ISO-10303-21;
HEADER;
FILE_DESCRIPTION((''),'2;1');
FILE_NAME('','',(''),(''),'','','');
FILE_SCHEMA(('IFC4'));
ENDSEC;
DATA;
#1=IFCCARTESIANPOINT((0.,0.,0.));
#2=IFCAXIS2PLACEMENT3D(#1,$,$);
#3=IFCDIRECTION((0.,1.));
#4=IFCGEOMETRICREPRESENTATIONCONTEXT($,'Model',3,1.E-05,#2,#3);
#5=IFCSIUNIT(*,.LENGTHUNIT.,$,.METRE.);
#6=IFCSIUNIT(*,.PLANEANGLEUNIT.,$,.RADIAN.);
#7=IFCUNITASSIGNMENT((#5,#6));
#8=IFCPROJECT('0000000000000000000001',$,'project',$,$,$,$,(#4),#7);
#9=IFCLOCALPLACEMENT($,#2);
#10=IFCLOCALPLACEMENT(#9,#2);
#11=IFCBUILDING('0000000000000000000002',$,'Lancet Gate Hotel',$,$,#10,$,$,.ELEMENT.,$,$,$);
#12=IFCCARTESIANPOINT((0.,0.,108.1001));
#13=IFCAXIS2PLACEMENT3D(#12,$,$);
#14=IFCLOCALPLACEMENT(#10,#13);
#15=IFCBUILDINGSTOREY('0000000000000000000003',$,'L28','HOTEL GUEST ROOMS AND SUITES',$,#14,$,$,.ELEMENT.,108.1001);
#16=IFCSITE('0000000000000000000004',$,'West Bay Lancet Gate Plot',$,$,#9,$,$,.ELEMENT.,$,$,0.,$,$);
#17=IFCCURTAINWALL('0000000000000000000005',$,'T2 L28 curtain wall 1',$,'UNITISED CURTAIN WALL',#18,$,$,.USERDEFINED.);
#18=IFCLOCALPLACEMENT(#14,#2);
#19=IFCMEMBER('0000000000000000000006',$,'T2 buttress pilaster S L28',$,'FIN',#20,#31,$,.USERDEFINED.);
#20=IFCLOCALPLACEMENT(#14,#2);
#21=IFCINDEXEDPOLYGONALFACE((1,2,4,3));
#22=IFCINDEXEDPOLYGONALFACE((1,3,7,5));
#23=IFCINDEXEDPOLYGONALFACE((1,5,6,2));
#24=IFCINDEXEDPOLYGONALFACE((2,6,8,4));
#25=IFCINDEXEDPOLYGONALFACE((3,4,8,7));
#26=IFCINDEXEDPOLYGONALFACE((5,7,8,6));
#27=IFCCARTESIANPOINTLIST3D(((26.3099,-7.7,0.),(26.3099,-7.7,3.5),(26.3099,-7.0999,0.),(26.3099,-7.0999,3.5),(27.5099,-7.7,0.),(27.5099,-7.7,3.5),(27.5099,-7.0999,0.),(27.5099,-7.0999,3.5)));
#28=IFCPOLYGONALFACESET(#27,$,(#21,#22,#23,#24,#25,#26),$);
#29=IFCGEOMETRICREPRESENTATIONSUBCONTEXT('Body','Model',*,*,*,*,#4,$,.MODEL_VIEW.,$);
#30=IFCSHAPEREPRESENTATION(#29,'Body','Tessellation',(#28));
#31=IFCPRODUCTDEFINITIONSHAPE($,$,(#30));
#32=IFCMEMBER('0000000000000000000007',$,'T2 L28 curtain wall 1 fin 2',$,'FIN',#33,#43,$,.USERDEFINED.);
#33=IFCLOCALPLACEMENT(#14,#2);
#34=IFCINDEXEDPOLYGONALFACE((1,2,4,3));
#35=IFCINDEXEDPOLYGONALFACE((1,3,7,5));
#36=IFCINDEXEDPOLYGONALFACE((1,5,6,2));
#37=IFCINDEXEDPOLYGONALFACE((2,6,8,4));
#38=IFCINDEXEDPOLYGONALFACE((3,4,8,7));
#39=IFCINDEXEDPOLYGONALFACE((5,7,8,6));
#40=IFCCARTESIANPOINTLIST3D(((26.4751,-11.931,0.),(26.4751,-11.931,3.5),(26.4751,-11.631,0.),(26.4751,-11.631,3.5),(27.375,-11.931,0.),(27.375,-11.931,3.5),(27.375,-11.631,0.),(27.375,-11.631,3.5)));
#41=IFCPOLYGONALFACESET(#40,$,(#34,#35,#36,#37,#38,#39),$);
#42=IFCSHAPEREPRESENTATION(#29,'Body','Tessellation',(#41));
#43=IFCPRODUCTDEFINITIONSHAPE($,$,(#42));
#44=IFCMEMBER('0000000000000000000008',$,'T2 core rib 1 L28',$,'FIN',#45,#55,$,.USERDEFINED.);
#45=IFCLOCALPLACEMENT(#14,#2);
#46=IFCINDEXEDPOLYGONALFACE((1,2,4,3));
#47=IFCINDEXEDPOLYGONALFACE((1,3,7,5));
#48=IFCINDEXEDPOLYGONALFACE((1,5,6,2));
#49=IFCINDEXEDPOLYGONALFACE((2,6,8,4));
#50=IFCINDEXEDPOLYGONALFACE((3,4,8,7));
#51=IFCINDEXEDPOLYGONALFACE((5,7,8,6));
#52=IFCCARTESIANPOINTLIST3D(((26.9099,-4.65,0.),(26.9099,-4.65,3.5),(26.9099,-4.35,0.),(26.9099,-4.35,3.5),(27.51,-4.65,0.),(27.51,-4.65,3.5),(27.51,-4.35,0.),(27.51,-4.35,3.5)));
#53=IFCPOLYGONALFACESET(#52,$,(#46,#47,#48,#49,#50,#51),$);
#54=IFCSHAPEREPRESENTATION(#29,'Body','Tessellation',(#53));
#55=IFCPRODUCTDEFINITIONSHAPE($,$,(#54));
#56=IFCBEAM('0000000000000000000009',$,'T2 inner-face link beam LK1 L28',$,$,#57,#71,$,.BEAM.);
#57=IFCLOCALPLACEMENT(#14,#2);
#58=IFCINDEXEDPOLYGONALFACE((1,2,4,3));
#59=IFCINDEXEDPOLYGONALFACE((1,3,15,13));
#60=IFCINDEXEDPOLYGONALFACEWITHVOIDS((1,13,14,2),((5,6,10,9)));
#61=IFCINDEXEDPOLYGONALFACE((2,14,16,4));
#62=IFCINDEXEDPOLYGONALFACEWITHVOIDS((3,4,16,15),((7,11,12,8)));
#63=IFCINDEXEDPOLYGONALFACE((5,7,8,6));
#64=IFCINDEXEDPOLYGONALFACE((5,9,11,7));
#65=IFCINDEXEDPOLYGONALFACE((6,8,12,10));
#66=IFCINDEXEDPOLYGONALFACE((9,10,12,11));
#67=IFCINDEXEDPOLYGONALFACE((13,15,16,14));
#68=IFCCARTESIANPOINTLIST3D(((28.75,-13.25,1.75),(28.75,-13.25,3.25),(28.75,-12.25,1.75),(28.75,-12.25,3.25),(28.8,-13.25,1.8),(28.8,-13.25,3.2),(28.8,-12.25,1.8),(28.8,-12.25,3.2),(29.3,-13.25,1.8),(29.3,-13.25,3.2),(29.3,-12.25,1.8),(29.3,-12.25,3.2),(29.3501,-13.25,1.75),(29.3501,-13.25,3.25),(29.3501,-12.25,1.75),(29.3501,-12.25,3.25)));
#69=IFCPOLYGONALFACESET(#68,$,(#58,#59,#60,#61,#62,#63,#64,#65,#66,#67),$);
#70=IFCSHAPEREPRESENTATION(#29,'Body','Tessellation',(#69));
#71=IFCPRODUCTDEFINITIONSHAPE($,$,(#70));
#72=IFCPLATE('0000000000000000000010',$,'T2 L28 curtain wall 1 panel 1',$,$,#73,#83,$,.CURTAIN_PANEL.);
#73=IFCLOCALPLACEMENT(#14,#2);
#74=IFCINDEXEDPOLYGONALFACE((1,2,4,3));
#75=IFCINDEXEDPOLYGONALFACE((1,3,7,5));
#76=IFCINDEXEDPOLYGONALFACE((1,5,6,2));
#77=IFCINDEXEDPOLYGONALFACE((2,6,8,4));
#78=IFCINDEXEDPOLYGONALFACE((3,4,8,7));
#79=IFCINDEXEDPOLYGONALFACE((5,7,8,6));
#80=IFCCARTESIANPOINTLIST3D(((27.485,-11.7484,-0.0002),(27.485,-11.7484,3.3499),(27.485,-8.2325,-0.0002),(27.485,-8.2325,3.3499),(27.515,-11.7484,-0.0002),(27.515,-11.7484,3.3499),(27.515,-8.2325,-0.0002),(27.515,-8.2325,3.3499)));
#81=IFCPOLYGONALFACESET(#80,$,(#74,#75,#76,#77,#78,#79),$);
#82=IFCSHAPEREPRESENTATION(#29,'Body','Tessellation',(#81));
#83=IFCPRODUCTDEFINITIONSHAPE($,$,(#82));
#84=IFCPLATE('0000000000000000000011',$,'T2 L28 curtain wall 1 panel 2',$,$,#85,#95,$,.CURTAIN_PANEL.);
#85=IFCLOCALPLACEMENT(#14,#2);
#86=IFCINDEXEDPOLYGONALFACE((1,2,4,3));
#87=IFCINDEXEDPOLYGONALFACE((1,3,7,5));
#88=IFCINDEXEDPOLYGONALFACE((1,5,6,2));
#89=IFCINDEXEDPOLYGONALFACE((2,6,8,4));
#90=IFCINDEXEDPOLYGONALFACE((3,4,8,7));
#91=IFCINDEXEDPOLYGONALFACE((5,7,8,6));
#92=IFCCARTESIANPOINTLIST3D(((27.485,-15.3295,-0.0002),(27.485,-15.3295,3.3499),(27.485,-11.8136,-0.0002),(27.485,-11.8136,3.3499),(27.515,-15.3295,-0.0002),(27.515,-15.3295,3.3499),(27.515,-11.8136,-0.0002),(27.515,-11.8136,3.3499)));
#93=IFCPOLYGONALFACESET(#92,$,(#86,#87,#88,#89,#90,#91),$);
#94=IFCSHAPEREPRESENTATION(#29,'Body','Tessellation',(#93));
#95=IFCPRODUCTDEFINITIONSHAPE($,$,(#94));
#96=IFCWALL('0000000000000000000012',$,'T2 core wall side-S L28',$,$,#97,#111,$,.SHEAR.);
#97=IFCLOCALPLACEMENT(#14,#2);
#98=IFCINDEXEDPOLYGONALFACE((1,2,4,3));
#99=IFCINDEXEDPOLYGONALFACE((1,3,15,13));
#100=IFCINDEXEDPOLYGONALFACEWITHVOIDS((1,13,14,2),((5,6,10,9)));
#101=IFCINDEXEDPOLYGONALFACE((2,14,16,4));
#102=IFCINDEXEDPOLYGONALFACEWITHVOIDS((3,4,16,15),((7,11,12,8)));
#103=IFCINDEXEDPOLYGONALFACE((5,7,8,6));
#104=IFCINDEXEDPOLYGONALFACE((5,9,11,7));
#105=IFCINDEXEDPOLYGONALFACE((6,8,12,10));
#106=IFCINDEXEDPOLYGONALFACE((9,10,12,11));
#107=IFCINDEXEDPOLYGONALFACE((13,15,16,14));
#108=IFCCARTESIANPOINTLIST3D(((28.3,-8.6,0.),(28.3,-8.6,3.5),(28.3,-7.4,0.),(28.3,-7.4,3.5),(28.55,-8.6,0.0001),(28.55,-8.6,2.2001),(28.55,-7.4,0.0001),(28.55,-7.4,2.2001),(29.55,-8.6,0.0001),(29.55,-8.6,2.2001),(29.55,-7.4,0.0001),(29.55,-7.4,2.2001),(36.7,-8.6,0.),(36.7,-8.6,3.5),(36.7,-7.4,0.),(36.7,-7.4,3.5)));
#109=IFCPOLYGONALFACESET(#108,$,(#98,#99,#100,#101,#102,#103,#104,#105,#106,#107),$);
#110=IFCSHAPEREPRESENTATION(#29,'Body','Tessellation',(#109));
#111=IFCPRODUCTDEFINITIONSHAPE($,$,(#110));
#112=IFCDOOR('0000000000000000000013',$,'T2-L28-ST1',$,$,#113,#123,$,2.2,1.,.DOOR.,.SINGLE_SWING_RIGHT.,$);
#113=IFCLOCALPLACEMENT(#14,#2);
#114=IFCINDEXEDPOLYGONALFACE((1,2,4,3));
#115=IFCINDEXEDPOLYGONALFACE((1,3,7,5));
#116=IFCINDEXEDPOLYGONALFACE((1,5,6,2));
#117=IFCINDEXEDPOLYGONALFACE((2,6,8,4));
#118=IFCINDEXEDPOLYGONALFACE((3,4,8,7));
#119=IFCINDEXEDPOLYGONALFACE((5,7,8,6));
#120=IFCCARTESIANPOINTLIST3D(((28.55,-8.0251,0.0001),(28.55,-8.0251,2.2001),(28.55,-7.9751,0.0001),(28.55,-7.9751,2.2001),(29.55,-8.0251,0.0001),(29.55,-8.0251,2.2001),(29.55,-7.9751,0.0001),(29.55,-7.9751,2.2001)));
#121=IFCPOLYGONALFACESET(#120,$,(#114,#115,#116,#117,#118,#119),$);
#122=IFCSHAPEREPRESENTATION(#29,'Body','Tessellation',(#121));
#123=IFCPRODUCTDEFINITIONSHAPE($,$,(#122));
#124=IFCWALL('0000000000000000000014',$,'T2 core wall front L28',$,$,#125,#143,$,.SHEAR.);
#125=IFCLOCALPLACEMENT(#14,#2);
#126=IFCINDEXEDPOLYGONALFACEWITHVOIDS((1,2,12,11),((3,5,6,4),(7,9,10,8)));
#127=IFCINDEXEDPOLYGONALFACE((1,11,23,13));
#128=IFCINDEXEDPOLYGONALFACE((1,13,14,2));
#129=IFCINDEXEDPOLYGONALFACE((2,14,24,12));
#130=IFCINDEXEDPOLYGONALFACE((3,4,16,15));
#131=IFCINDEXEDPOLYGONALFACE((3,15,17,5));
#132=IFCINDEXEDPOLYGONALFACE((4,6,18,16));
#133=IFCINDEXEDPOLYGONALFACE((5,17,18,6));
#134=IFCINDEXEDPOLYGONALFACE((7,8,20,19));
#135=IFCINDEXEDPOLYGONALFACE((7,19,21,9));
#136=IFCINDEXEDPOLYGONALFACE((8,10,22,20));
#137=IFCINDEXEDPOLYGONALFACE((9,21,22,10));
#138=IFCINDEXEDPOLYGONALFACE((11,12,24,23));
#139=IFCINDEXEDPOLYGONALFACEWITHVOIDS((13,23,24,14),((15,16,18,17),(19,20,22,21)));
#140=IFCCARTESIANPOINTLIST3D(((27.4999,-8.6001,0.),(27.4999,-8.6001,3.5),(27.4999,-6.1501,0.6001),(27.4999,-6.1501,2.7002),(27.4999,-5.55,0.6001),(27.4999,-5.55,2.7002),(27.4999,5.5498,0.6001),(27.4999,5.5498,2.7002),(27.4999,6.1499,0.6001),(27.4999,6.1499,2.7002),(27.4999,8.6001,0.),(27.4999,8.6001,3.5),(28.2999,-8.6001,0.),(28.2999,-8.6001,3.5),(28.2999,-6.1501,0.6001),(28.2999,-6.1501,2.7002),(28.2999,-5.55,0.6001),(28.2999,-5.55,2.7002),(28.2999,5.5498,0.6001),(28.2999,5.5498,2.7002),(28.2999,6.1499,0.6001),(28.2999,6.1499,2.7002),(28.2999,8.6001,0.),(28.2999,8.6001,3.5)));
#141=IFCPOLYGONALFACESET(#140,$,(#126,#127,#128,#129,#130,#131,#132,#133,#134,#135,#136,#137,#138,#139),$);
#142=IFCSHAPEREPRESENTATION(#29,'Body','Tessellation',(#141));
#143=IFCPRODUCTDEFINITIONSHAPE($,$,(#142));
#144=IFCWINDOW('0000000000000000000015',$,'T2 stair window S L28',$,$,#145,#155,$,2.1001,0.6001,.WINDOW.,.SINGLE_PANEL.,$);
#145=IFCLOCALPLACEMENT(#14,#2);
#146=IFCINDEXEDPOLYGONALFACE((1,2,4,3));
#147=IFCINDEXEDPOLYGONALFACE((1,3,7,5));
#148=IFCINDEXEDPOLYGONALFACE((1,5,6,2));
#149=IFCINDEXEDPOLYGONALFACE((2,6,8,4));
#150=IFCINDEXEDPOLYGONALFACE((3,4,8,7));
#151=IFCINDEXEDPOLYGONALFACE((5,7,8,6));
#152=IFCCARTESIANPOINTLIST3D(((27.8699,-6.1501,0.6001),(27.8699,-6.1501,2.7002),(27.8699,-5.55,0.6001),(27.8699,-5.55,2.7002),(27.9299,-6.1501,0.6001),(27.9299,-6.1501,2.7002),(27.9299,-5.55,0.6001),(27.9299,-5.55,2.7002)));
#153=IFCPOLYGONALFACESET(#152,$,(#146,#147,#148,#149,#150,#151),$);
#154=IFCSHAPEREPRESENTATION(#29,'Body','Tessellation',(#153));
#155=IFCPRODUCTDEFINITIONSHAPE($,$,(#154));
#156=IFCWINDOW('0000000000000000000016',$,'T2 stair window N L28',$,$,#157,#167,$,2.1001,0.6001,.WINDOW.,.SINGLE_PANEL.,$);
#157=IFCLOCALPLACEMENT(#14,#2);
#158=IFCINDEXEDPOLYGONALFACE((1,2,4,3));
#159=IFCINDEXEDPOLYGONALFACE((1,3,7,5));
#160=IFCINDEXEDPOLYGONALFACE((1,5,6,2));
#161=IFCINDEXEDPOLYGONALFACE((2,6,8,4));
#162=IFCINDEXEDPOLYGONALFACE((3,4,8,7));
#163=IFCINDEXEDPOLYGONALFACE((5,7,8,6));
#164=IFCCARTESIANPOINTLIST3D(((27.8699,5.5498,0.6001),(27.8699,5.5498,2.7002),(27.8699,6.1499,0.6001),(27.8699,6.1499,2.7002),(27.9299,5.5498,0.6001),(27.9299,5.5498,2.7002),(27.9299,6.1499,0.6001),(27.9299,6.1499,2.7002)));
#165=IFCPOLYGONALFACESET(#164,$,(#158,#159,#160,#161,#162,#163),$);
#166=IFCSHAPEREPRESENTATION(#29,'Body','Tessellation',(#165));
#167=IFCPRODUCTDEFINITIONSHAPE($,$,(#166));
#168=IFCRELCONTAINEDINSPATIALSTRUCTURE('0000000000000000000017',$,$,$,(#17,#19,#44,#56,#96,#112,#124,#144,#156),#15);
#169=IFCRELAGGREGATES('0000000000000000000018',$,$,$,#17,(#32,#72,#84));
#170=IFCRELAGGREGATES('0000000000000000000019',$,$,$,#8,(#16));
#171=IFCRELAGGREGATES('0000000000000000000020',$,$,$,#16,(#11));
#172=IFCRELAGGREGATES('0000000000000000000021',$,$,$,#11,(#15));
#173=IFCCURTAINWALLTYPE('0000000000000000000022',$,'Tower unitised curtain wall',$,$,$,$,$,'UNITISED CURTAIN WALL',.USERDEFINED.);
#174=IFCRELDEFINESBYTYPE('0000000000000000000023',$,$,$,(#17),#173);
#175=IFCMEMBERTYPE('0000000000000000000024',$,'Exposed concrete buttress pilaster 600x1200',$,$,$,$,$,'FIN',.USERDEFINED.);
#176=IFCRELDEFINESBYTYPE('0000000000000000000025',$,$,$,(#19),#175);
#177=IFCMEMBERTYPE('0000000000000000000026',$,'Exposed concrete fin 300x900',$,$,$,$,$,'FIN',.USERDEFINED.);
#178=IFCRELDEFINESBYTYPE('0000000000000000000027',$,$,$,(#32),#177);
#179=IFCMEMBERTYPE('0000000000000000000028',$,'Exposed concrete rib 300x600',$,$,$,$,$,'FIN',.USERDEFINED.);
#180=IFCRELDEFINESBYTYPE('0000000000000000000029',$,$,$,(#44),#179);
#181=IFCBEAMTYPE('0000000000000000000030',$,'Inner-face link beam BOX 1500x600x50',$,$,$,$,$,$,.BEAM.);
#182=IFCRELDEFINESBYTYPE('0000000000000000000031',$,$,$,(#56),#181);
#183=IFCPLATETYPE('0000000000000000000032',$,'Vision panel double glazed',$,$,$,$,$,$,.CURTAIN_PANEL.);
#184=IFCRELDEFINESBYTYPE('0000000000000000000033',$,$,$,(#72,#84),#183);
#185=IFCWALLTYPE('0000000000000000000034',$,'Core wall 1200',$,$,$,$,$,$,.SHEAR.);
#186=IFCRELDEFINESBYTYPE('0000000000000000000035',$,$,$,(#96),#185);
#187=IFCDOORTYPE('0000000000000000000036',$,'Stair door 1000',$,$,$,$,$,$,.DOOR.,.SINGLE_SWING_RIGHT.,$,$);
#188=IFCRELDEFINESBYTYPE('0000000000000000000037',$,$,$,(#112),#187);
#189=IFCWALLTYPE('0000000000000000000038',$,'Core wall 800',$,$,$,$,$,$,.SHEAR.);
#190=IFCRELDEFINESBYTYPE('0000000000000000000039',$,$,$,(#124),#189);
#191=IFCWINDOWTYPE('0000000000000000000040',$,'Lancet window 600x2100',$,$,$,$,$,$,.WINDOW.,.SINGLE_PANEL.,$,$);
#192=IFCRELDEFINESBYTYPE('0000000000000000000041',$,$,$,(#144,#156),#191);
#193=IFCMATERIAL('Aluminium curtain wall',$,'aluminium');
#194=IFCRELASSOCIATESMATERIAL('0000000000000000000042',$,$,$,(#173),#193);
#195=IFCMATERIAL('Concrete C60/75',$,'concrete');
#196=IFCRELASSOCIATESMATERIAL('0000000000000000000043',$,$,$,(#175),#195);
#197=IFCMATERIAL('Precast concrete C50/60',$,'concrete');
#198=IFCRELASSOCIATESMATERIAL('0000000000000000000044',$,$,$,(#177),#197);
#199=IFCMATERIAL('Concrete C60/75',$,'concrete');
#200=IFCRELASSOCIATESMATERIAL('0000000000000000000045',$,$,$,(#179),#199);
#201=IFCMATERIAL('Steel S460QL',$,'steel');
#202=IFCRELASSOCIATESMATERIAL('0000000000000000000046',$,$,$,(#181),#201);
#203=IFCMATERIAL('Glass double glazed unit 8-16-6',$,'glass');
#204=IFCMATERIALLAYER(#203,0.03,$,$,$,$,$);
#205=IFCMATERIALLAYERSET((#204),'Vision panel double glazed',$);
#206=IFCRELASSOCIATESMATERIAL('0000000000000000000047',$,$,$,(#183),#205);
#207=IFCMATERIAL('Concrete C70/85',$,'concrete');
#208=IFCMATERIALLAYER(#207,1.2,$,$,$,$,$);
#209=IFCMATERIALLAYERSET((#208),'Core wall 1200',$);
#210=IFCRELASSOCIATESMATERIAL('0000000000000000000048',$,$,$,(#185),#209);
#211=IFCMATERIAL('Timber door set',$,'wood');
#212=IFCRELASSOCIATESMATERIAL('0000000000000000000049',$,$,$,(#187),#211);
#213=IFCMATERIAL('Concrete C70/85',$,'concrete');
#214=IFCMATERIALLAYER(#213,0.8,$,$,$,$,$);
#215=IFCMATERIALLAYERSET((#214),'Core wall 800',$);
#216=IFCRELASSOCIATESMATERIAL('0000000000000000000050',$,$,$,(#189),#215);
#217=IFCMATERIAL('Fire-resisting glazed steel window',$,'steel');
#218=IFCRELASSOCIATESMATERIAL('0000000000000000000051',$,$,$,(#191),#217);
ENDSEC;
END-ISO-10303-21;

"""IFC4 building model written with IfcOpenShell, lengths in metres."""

from ifc_helpers import new_model, si_unit, direction, frame, frame_2d, origin, origin_2d, place, context, subcontext, project, spatial, rectangle, hollow_rectangle, extrude, material, layer, layer_set, material_profile, profile_set, type_object, element, fill, aggregate, save


model = new_model("IFC4")

# Units and contexts
model_context = context("Model", 3, precision=1e-05, world=origin(), true_north=direction((0.0, 1.0)))
body_context = subcontext(model_context, "Body", "Model", "MODEL_VIEW")
ifc_project = project(units=[si_unit("LENGTHUNIT", "METRE"), si_unit("PLANEANGLEUNIT", "RADIAN")], contexts=[model_context])

# Site, building, storey
site_placement = place(None, origin())
site = spatial("IfcSite", under=ifc_project, at=site_placement, Name="West Bay Lancet Gate Plot", CompositionType="ELEMENT", RefElevation=0.0)
building_placement = place(site_placement, origin())
building = spatial("IfcBuilding", under=site, at=building_placement, Name="Lancet Gate Hotel", CompositionType="ELEMENT")
storey_placement = place(building_placement, frame((0.0, 0.0, 108.1001)))
storey = spatial("IfcBuildingStorey", under=building, at=storey_placement, Name="L28", Description="HOTEL GUEST ROOMS AND SUITES", CompositionType="ELEMENT", Elevation=108.1001)

# Curtain wall
ifc_material_1 = material(Name="Aluminium curtain wall", Category="aluminium")
curtain_wall_type = type_object("IfcCurtainWallType", Name="Tower unitised curtain wall", ElementType="UNITISED CURTAIN WALL", PredefinedType="USERDEFINED", material=ifc_material_1)
curtain_wall_placement = place(storey_placement, origin())
curtain_wall = element("IfcCurtainWall", 1, at=curtain_wall_placement, inside=storey, type_object=curtain_wall_type, Name="T2 L28 curtain wall 1", ObjectType="UNITISED CURTAIN WALL", PredefinedType="USERDEFINED")

# Members
ifc_material_2 = material(Name="Concrete C60/75", Category="concrete")
ifc_material_profile_1 = material_profile(ifc_material_2, rectangle(XDim=0.6001, YDim=1.2, at=origin_2d()), Name="FIN 600x1200")
ifc_profile_set_1 = profile_set([ifc_material_profile_1], Name="Concrete C60/75")
member_type_1 = type_object("IfcMemberType", Name="Exposed concrete buttress pilaster 600x1200", ElementType="FIN", PredefinedType="USERDEFINED", material=ifc_profile_set_1)
member_1_placement = place(storey_placement, frame((26.9099, -7.3999, 0.0), z_axis=(0.0, 0.0, 1.0), x_axis=(0.0, 1.0, 0.0)))
element("IfcMember", 2, at=member_1_placement, inside=storey, type_object=member_type_1, Name="T2 buttress pilaster S L28", ObjectType="FIN", PredefinedType="USERDEFINED", context=body_context, shape_type="SweptSolid", body=[
    extrude(rectangle(XDim=0.6001, YDim=1.2, at=origin_2d()), origin(), (0.0, 0.0, 1.0), 3.5),
])
ifc_material_3 = material(Name="Precast concrete C50/60", Category="concrete")
ifc_material_profile_2 = material_profile(ifc_material_3, rectangle(XDim=0.3, YDim=0.8999, at=origin_2d()), Name="FIN 300x900")
ifc_profile_set_2 = profile_set([ifc_material_profile_2], Name="Precast concrete C50/60")
member_type_2 = type_object("IfcMemberType", Name="Exposed concrete fin 300x900", ElementType="FIN", PredefinedType="USERDEFINED", material=ifc_profile_set_2)
member_2_placement = place(storey_placement, frame((26.925, -11.781, 0.0), z_axis=(0.0, 0.0, 1.0), x_axis=(0.0, -1.0, 0.0)))
member_2 = element("IfcMember", 3, at=member_2_placement, type_object=member_type_2, Name="T2 L28 curtain wall 1 fin 2", ObjectType="FIN", PredefinedType="USERDEFINED", context=body_context, shape_type="SweptSolid", body=[
    extrude(rectangle(XDim=0.3, YDim=0.8999, at=origin_2d()), origin(), (0.0, 0.0, 1.0), 3.5),
])
ifc_material_4 = material(Name="Concrete C60/75", Category="concrete")
ifc_material_profile_3 = material_profile(ifc_material_4, rectangle(XDim=0.3, YDim=0.6001, at=origin_2d()), Name="FIN 300x600")
ifc_profile_set_3 = profile_set([ifc_material_profile_3], Name="Concrete C60/75")
member_type_3 = type_object("IfcMemberType", Name="Exposed concrete rib 300x600", ElementType="FIN", PredefinedType="USERDEFINED", material=ifc_profile_set_3)
member_3_placement = place(storey_placement, frame((27.21, -4.5, 0.0), z_axis=(0.0, 0.0, 1.0), x_axis=(0.0, 1.0, 0.0)))
element("IfcMember", 4, at=member_3_placement, inside=storey, type_object=member_type_3, Name="T2 core rib 1 L28", ObjectType="FIN", PredefinedType="USERDEFINED", context=body_context, shape_type="SweptSolid", body=[
    extrude(rectangle(XDim=0.3, YDim=0.6001, at=origin_2d()), origin(), (0.0, 0.0, 1.0), 3.5),
])

# Beam
ifc_material_5 = material(Name="Steel S460QL", Category="steel")
ifc_material_profile_4 = material_profile(ifc_material_5, hollow_rectangle(XDim=0.6001, YDim=1.5, WallThickness=0.05, at=origin_2d()), Name="BOX 1500x600x50")
ifc_profile_set_4 = profile_set([ifc_material_profile_4], Name="Steel S460QL")
beam_type = type_object("IfcBeamType", Name="Inner-face link beam BOX 1500x600x50", PredefinedType="BEAM", material=ifc_profile_set_4)
beam_placement = place(storey_placement, frame((29.05, -13.25, 2.5), z_axis=(0.0, 1.0, 0.0), x_axis=(-1.0, 0.0, 0.0)))
element("IfcBeam", 5, at=beam_placement, inside=storey, type_object=beam_type, Name="T2 inner-face link beam LK1 L28", PredefinedType="BEAM", context=body_context, shape_type="SweptSolid", body=[
    extrude(hollow_rectangle(XDim=0.6001, YDim=1.5, WallThickness=0.05, at=origin_2d()), origin(), (0.0, 0.0, 1.0), 1.0),
])

# Plates
ifc_material_6 = material(Name="Glass double glazed unit 8-16-6", Category="glass")
ifc_layer_1 = layer(ifc_material_6, 0.03)
ifc_layer_set_1 = layer_set([ifc_layer_1], Name="Vision panel double glazed")
plate_type = type_object("IfcPlateType", Name="Vision panel double glazed", PredefinedType="CURTAIN_PANEL", material=ifc_layer_set_1)
plate_1_placement = place(storey_placement, frame((27.5, -9.9905, -0.0002), z_axis=(0.0, 0.0, 1.0), x_axis=(0.0, -1.0, 0.0)))
plate_1 = element("IfcPlate", 6, at=plate_1_placement, type_object=plate_type, Name="T2 L28 curtain wall 1 panel 1", PredefinedType="CURTAIN_PANEL", context=body_context, shape_type="SweptSolid", body=[
    extrude(rectangle(XDim=3.5159, YDim=0.03, at=origin_2d()), origin(), (0.0, 0.0, 1.0), 3.3501),
])
plate_2_placement = place(storey_placement, frame((27.5, -13.5715, -0.0002), z_axis=(0.0, 0.0, 1.0), x_axis=(0.0, -1.0, 0.0)))
plate_2 = element("IfcPlate", 7, at=plate_2_placement, type_object=plate_type, Name="T2 L28 curtain wall 1 panel 2", PredefinedType="CURTAIN_PANEL", context=body_context, shape_type="SweptSolid", body=[
    extrude(rectangle(XDim=3.5159, YDim=0.03, at=origin_2d()), origin(), (0.0, 0.0, 1.0), 3.3501),
])
aggregate(curtain_wall, [member_2, plate_1, plate_2])

# Wall, opening, door
ifc_material_7 = material(Name="Concrete C70/85", Category="concrete")
ifc_layer_2 = layer(ifc_material_7, 1.2)
ifc_layer_set_2 = layer_set([ifc_layer_2], Name="Core wall 1200")
wall_type_1 = type_object("IfcWallType", Name="Core wall 1200", PredefinedType="SHEAR", material=ifc_layer_set_2)
wall_1_placement = place(storey_placement, frame((28.3, -8.0, 0.0), z_axis=(0.0, 0.0, 1.0), x_axis=(1.0, 0.0, 0.0)))
wall_1 = element("IfcWall", 8, at=wall_1_placement, inside=storey, type_object=wall_type_1, Name="T2 core wall side-S L28", PredefinedType="SHEAR", context=body_context, shape_type="SweptSolid", body=[
    extrude(rectangle(XDim=8.3999, YDim=1.2, at=frame_2d((4.2, 0.0))), origin(), (0.0, 0.0, 1.0), 3.5),
])
opening_1_placement = place(wall_1_placement, frame((0.25, 0.0, 0.0)))
opening_1 = element("IfcOpeningElement", 9, at=opening_1_placement, cuts=wall_1, PredefinedType="OPENING", context=body_context, shape_type="SweptSolid", body=[
    extrude(rectangle(XDim=1.0, YDim=2.2, at=frame_2d((0.5, 1.1001))), frame((0.0, 0.6099, 0.0), z_axis=(0.0, -1.0, 0.0), x_axis=(1.0, 0.0, 0.0)), (0.0, 0.0, 1.0), 1.22),
])
ifc_material_8 = material(Name="Timber door set", Category="wood")
door_type = type_object("IfcDoorType", Name="Stair door 1000", OperationType="SINGLE_SWING_RIGHT", PredefinedType="DOOR", material=ifc_material_8)
door_placement = place(opening_1_placement, origin())
door = element("IfcDoor", 10, at=door_placement, inside=storey, type_object=door_type, Name="T2-L28-ST1", OperationType="SINGLE_SWING_RIGHT", OverallHeight=2.2, OverallWidth=1.0, PredefinedType="DOOR", context=body_context, shape_type="SweptSolid", body=[
    extrude(rectangle(XDim=1.0, YDim=2.2, at=frame_2d((0.5, 1.1001))), frame((0.0, 0.0249, 0.0), z_axis=(0.0, -1.0, 0.0), x_axis=(1.0, 0.0, 0.0)), (0.0, 0.0, 1.0), 0.05),
])
fill(opening_1, door)

# Wall, openings, windows
ifc_material_9 = material(Name="Concrete C70/85", Category="concrete")
ifc_layer_3 = layer(ifc_material_9, 0.8)
ifc_layer_set_3 = layer_set([ifc_layer_3], Name="Core wall 800")
wall_type_2 = type_object("IfcWallType", Name="Core wall 800", PredefinedType="SHEAR", material=ifc_layer_set_3)
wall_2_placement = place(storey_placement, frame((27.8999, -8.6001, 0.0), z_axis=(0.0, 0.0, 1.0), x_axis=(0.0, 1.0, 0.0)))
wall_2 = element("IfcWall", 11, at=wall_2_placement, inside=storey, type_object=wall_type_2, Name="T2 core wall front L28", PredefinedType="SHEAR", context=body_context, shape_type="SweptSolid", body=[
    extrude(rectangle(XDim=17.2002, YDim=0.8, at=frame_2d((8.6001, 0.0))), origin(), (0.0, 0.0, 1.0), 3.5),
])
opening_2_placement = place(wall_2_placement, frame((2.45, 0.0, 0.6001)))
opening_2 = element("IfcOpeningElement", 12, at=opening_2_placement, cuts=wall_2, PredefinedType="OPENING", context=body_context, shape_type="SweptSolid", body=[
    extrude(rectangle(XDim=0.6001, YDim=2.1001, at=frame_2d((0.3, 1.05))), frame((0.0, 0.4099, 0.0), z_axis=(0.0, -1.0, 0.0), x_axis=(1.0, 0.0, 0.0)), (0.0, 0.0, 1.0), 0.8201),
])
opening_3_placement = place(wall_2_placement, frame((14.1499, 0.0, 0.6001)))
opening_3 = element("IfcOpeningElement", 13, at=opening_3_placement, cuts=wall_2, PredefinedType="OPENING", context=body_context, shape_type="SweptSolid", body=[
    extrude(rectangle(XDim=0.6001, YDim=2.1001, at=frame_2d((0.3, 1.05))), frame((0.0, 0.4099, 0.0), z_axis=(0.0, -1.0, 0.0), x_axis=(1.0, 0.0, 0.0)), (0.0, 0.0, 1.0), 0.8201),
])
ifc_material_10 = material(Name="Fire-resisting glazed steel window", Category="steel")
window_type = type_object("IfcWindowType", Name="Lancet window 600x2100", PartitioningType="SINGLE_PANEL", PredefinedType="WINDOW", material=ifc_material_10)
window_1_placement = place(opening_2_placement, origin())
window_1 = element("IfcWindow", 14, at=window_1_placement, inside=storey, type_object=window_type, Name="T2 stair window S L28", OverallHeight=2.1001, OverallWidth=0.6001, PartitioningType="SINGLE_PANEL", PredefinedType="WINDOW", context=body_context, shape_type="SweptSolid", body=[
    extrude(rectangle(XDim=0.6001, YDim=2.1001, at=frame_2d((0.3, 1.05))), frame((0.0, 0.03, 0.0), z_axis=(0.0, -1.0, 0.0), x_axis=(1.0, 0.0, 0.0)), (0.0, 0.0, 1.0), 0.0601),
])
fill(opening_2, window_1)
window_2_placement = place(opening_3_placement, origin())
window_2 = element("IfcWindow", 15, at=window_2_placement, inside=storey, type_object=window_type, Name="T2 stair window N L28", OverallHeight=2.1001, OverallWidth=0.6001, PartitioningType="SINGLE_PANEL", PredefinedType="WINDOW", context=body_context, shape_type="SweptSolid", body=[
    extrude(rectangle(XDim=0.6001, YDim=2.1001, at=frame_2d((0.3, 1.05))), frame((0.0, 0.03, 0.0), z_axis=(0.0, -1.0, 0.0), x_axis=(1.0, 0.0, 0.0)), (0.0, 0.0, 1.0), 0.0601),
])
fill(opening_3, window_2)

save(model, "model.ifc")
